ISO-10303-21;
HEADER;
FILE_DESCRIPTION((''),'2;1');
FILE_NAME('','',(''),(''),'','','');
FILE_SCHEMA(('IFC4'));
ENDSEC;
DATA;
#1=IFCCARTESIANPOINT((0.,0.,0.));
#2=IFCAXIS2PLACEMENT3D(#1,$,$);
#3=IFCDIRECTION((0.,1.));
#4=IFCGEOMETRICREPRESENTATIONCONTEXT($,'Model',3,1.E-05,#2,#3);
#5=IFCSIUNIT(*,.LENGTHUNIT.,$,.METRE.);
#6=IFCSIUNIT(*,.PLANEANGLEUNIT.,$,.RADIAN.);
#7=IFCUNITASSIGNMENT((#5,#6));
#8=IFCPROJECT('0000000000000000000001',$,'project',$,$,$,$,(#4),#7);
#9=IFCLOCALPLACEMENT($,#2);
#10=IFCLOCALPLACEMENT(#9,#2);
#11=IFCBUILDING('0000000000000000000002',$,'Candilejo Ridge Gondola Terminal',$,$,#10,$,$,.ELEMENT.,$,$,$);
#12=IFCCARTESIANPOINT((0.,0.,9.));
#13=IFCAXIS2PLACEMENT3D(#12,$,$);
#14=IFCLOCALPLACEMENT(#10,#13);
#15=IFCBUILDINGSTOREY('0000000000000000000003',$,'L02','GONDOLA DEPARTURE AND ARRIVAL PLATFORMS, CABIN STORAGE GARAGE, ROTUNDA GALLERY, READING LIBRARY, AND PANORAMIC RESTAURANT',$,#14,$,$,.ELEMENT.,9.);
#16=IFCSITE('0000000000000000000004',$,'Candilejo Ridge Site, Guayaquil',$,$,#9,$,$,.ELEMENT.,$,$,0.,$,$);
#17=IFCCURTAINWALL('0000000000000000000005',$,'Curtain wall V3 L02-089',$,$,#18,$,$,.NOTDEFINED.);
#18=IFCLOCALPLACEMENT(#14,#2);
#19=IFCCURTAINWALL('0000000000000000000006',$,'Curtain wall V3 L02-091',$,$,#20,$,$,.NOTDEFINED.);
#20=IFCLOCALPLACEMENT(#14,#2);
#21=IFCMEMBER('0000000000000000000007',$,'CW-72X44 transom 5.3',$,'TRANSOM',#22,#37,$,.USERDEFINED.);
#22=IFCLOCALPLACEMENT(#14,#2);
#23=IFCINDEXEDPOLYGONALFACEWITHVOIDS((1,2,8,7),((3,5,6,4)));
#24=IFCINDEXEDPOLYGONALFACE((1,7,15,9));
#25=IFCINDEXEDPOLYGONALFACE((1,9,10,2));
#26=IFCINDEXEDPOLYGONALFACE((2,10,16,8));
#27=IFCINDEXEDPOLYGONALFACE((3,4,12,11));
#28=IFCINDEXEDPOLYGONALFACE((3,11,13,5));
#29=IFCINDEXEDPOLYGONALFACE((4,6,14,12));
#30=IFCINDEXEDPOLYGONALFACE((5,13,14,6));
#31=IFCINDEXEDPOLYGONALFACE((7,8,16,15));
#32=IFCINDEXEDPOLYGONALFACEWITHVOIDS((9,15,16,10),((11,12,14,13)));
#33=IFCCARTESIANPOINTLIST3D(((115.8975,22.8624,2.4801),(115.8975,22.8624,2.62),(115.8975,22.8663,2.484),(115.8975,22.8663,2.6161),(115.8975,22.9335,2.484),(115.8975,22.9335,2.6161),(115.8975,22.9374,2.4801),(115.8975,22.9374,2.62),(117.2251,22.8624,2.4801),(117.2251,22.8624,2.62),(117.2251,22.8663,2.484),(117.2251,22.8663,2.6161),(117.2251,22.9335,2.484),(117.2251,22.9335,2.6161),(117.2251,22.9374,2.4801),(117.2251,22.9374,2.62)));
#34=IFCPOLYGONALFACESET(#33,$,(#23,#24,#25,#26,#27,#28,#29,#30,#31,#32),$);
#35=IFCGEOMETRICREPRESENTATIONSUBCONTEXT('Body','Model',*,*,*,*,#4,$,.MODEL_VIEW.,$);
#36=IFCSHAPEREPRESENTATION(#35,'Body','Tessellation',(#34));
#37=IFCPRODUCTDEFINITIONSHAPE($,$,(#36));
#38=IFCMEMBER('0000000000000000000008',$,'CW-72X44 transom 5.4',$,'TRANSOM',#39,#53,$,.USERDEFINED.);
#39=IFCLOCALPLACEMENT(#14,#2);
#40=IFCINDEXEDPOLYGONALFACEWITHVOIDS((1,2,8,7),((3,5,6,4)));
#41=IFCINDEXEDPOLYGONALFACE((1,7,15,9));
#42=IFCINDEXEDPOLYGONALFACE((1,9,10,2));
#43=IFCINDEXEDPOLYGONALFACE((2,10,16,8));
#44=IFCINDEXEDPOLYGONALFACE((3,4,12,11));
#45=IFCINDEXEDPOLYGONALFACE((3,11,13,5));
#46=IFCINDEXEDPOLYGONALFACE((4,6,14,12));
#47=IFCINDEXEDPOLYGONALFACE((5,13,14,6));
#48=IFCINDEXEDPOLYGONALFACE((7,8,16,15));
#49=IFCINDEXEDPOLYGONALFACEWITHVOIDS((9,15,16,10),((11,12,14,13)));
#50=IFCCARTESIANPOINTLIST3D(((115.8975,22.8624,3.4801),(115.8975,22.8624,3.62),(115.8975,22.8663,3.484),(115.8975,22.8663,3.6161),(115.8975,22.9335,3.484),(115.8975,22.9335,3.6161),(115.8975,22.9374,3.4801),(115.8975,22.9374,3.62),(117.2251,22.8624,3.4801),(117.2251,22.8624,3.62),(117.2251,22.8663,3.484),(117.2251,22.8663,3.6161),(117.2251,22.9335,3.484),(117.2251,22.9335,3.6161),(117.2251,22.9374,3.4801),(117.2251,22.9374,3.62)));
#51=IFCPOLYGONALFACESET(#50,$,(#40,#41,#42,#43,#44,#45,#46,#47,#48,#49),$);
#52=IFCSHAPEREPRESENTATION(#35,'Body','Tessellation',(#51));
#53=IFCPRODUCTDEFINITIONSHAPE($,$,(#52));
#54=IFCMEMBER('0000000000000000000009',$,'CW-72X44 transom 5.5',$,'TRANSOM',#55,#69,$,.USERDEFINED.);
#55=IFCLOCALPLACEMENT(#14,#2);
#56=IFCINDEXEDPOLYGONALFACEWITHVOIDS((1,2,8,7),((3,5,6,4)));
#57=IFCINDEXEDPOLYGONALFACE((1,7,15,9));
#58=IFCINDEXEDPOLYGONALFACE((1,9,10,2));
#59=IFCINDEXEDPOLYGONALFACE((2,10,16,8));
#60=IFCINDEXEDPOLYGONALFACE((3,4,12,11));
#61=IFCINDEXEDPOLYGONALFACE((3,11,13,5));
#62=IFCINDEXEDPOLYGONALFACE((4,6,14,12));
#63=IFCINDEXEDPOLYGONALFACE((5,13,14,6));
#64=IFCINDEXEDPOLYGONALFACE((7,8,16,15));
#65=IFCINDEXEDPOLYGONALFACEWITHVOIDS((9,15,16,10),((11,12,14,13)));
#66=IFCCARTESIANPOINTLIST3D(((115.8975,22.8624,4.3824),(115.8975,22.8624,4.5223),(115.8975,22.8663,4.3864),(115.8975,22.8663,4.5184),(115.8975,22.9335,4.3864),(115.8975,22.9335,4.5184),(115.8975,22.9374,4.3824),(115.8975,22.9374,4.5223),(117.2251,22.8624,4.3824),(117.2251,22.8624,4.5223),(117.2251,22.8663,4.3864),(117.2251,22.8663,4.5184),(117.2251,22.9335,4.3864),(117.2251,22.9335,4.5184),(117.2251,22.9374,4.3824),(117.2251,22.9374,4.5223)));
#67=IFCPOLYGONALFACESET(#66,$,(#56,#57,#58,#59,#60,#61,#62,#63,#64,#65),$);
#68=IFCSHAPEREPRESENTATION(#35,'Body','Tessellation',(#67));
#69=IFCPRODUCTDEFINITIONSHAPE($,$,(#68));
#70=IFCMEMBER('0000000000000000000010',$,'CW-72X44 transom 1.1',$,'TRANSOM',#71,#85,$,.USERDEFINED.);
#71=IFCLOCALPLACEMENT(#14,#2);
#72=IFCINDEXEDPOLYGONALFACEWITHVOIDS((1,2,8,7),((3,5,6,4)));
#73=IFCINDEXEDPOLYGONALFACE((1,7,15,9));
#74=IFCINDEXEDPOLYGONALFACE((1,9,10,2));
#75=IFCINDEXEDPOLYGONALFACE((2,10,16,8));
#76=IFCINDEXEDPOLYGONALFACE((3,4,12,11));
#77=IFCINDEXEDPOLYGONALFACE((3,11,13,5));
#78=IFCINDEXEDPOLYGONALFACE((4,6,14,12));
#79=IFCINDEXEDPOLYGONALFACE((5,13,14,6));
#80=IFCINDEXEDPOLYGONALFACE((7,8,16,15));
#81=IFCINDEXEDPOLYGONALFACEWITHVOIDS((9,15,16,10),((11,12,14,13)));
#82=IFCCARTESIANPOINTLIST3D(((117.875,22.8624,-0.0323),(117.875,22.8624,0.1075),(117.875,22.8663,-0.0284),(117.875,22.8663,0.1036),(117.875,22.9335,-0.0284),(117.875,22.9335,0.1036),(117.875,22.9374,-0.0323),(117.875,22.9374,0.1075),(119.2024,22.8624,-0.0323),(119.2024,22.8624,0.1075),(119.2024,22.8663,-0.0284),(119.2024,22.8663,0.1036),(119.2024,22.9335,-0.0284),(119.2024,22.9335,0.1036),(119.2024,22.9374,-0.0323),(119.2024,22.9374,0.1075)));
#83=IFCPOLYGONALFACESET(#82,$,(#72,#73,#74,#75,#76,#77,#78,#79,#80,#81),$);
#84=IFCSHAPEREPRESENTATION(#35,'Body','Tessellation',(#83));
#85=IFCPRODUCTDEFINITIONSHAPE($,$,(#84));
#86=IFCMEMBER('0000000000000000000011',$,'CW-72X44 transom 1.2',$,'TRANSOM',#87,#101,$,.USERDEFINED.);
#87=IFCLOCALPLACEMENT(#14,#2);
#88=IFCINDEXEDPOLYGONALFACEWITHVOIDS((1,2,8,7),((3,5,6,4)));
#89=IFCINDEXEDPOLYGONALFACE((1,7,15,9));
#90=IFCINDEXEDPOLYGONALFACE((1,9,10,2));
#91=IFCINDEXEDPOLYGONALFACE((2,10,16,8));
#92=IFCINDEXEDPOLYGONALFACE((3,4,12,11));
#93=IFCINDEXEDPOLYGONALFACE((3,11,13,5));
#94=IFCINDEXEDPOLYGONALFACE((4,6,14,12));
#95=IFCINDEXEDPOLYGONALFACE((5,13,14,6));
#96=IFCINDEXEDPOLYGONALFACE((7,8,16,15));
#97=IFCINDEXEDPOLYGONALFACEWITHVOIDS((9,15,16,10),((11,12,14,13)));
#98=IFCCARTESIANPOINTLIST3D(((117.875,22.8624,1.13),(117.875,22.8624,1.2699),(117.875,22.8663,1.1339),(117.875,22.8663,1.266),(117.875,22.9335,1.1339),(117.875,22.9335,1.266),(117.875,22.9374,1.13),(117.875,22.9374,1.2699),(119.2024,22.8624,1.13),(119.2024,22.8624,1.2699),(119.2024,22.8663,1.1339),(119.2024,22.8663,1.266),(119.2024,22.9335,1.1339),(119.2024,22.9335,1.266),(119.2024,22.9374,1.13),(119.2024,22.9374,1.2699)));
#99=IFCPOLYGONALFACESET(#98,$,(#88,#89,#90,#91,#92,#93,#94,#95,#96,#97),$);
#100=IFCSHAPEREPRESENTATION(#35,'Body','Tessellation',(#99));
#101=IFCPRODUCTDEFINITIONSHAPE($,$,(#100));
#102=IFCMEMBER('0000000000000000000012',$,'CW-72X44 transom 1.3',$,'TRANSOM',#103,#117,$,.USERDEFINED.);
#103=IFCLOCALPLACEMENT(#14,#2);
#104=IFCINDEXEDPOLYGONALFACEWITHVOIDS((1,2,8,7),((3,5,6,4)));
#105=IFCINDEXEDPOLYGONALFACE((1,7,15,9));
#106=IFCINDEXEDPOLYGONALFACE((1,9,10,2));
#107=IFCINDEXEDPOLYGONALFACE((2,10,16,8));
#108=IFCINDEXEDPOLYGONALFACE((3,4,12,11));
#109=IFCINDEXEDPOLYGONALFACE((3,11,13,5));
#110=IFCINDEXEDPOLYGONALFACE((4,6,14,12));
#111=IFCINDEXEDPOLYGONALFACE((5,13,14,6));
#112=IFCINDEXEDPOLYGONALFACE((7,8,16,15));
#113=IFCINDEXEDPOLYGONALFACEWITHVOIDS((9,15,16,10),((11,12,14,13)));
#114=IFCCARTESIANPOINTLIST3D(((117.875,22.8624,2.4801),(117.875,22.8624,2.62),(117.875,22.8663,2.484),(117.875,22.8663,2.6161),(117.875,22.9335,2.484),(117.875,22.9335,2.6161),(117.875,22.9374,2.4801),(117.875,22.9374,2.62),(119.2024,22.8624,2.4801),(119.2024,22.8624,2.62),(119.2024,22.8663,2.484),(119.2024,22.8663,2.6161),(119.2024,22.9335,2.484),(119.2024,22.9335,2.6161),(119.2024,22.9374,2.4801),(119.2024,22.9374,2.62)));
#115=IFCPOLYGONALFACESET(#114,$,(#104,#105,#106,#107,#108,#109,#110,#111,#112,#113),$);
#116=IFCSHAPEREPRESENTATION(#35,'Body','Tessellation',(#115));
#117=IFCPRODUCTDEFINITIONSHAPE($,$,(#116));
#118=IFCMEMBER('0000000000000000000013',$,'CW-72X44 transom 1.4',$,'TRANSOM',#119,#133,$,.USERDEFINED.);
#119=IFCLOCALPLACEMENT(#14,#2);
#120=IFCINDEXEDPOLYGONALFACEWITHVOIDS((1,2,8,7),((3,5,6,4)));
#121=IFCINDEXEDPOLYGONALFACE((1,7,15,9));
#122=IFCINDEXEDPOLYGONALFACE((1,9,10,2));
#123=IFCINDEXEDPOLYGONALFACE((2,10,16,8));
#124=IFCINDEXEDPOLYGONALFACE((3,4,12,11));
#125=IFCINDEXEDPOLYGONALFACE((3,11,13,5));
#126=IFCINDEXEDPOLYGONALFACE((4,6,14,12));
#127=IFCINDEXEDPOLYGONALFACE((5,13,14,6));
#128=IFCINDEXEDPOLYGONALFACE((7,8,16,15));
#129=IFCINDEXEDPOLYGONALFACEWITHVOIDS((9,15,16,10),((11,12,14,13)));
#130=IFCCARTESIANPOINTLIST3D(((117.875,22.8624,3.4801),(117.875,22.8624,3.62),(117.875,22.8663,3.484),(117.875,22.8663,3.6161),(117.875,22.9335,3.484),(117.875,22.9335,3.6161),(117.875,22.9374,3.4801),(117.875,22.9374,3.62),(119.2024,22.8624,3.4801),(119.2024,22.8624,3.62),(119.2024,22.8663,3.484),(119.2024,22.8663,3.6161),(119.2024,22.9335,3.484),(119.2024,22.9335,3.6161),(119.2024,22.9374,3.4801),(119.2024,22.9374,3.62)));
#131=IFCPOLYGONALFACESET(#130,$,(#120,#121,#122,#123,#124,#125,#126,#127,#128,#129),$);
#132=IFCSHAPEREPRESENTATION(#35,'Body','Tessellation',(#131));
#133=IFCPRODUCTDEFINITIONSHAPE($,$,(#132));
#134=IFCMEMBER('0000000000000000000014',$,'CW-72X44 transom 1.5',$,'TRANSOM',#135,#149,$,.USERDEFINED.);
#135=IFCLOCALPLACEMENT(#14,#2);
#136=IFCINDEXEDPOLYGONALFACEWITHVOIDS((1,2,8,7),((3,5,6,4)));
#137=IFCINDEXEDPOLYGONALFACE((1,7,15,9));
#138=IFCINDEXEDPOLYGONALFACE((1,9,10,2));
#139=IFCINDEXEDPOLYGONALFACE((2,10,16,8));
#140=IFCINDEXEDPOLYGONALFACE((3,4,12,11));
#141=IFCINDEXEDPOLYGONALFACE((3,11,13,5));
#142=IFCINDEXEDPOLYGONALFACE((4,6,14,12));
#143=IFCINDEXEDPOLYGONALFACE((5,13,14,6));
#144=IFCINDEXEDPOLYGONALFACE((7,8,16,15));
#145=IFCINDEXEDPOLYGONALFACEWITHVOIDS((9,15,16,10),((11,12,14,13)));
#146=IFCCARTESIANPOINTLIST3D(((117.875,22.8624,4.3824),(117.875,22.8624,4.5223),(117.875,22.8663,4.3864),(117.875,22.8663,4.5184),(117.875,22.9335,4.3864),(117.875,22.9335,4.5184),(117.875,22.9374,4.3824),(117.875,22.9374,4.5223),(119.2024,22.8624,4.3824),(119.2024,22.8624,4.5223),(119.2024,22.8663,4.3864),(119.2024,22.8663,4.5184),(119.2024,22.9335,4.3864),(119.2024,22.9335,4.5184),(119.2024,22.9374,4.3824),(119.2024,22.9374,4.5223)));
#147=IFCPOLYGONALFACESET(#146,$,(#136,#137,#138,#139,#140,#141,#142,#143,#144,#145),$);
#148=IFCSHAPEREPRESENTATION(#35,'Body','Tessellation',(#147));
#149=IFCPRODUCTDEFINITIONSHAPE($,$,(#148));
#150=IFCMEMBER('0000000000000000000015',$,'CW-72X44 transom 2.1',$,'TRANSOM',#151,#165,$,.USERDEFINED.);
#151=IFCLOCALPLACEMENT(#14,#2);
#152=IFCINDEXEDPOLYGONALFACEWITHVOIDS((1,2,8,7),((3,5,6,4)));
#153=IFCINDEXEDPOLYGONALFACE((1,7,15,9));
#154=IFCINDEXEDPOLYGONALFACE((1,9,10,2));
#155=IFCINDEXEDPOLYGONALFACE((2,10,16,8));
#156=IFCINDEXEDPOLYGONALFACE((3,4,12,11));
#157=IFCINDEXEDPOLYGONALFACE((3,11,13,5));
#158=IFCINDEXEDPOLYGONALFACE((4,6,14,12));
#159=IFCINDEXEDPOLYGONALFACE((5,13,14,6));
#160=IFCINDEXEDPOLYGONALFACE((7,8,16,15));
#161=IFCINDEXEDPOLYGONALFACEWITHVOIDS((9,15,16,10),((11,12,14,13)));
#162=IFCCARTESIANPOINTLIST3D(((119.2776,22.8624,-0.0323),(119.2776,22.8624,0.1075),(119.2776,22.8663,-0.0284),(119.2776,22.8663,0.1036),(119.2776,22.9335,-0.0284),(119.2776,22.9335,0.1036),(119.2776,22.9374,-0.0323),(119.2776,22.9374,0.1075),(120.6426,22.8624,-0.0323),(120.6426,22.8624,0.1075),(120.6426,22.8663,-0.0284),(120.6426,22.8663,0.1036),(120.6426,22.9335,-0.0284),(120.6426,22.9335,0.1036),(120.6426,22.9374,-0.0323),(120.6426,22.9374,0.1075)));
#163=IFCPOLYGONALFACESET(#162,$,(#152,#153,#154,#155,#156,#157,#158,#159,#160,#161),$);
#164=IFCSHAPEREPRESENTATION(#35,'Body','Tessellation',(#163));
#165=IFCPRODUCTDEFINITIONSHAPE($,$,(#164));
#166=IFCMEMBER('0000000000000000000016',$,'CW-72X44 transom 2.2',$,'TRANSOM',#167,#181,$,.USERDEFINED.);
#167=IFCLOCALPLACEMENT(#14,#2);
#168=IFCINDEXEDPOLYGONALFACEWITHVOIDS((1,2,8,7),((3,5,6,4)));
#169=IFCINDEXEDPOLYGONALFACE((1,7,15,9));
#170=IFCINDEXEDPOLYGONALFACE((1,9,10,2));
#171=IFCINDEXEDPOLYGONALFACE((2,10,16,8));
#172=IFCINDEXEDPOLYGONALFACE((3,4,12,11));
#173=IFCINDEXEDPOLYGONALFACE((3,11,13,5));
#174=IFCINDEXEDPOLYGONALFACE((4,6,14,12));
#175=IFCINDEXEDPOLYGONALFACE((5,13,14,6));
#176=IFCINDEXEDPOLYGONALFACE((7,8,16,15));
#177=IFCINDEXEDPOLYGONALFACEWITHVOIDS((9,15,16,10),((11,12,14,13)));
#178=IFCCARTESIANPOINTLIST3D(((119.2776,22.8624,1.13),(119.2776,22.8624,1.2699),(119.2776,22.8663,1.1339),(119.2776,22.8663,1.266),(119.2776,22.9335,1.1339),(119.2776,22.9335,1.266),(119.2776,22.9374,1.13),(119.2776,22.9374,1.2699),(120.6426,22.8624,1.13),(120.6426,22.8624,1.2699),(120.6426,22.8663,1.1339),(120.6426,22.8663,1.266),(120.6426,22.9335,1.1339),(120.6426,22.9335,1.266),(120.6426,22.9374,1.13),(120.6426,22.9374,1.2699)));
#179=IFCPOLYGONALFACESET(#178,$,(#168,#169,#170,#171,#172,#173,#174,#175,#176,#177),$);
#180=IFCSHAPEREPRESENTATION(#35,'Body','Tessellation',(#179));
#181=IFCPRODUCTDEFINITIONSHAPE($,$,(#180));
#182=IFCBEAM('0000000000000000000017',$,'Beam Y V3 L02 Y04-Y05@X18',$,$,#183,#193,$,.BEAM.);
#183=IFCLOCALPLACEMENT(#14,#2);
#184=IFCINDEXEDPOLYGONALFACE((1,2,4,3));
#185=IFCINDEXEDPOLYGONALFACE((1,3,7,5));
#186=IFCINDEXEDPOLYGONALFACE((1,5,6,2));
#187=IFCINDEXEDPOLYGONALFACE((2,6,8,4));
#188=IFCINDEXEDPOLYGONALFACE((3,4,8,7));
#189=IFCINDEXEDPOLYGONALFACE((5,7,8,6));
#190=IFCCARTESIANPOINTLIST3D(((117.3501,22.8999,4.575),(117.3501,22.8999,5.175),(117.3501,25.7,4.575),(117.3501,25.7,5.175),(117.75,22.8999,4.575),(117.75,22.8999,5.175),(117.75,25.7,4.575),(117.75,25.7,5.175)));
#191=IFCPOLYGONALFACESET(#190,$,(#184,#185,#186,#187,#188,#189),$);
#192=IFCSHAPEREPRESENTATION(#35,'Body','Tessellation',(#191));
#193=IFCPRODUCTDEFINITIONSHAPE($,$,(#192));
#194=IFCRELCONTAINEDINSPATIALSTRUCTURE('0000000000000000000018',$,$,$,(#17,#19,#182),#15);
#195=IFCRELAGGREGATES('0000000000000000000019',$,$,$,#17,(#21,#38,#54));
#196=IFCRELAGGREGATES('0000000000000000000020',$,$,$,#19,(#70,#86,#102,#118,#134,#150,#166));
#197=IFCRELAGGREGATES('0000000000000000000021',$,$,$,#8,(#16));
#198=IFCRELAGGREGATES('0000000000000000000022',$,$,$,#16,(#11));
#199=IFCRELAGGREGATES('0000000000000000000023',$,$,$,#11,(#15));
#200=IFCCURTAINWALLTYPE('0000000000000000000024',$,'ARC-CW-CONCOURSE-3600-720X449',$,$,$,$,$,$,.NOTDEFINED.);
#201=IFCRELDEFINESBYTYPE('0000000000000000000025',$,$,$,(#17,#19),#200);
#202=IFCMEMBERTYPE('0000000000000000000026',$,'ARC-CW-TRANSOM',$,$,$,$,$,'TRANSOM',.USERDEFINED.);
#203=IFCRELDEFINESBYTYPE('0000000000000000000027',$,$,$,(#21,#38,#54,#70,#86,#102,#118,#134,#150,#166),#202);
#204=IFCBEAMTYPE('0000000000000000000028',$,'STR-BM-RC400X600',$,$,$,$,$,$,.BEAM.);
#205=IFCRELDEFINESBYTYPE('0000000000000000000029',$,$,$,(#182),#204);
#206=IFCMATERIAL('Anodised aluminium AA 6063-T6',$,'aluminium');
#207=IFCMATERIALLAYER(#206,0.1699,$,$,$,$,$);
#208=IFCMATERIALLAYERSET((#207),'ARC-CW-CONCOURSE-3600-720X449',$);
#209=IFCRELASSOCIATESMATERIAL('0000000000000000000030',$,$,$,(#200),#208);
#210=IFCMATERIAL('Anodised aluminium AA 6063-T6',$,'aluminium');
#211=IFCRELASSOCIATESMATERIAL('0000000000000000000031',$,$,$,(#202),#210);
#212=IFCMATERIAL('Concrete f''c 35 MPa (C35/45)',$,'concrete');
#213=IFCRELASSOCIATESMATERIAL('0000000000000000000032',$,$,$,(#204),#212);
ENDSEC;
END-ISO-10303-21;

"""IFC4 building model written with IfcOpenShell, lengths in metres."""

from ifc_helpers import new_model, si_unit, direction, frame, origin, origin_2d, place, context, subcontext, project, spatial, rectangle, hollow_rectangle, extrude, material, layer, layer_set, material_profile, profile_set, type_object, element, aggregate, save


model = new_model("IFC4")

# Units and contexts
model_context = context("Model", 3, precision=1e-05, world=origin(), true_north=direction((0.0, 1.0)))
body_context = subcontext(model_context, "Body", "Model", "MODEL_VIEW")
ifc_project = project(units=[si_unit("LENGTHUNIT", "METRE"), si_unit("PLANEANGLEUNIT", "RADIAN")], contexts=[model_context])

# Site, building, storey
site_placement = place(None, origin())
site = spatial("IfcSite", under=ifc_project, at=site_placement, Name="Candilejo Ridge Site, Guayaquil", CompositionType="ELEMENT", RefElevation=0.0)
building_placement = place(site_placement, origin())
building = spatial("IfcBuilding", under=site, at=building_placement, Name="Candilejo Ridge Gondola Terminal", CompositionType="ELEMENT")
storey_placement = place(building_placement, frame((0.0, 0.0, 9.0)))
storey = spatial("IfcBuildingStorey", under=building, at=storey_placement, Name="L02", Description="GONDOLA DEPARTURE AND ARRIVAL PLATFORMS, CABIN STORAGE GARAGE, ROTUNDA GALLERY, READING LIBRARY, AND PANORAMIC RESTAURANT", CompositionType="ELEMENT", Elevation=9.0)

# Curtain walls
ifc_material_1 = material(Name="Anodised aluminium AA 6063-T6", Category="aluminium")
ifc_layer_1 = layer(ifc_material_1, 0.1699)
ifc_layer_set_1 = layer_set([ifc_layer_1], Name="ARC-CW-CONCOURSE-3600-720X449")
curtain_wall_type = type_object("IfcCurtainWallType", Name="ARC-CW-CONCOURSE-3600-720X449", PredefinedType="NOTDEFINED", material=ifc_layer_set_1)
curtain_wall_1_placement = place(storey_placement, origin())
curtain_wall_1 = element("IfcCurtainWall", 1, at=curtain_wall_1_placement, inside=storey, type_object=curtain_wall_type, Name="Curtain wall V3 L02-089", PredefinedType="NOTDEFINED")
curtain_wall_2_placement = place(storey_placement, origin())
curtain_wall_2 = element("IfcCurtainWall", 2, at=curtain_wall_2_placement, inside=storey, type_object=curtain_wall_type, Name="Curtain wall V3 L02-091", PredefinedType="NOTDEFINED")

# Members
ifc_material_2 = material(Name="Anodised aluminium AA 6063-T6", Category="aluminium")
ifc_material_profile_1 = material_profile(ifc_material_2, hollow_rectangle(XDim=0.075, YDim=0.1399, WallThickness=0.0039, at=origin_2d()))
ifc_profile_set_1 = profile_set([ifc_material_profile_1], Name="Anodised aluminium AA 6063-T6")
member_type_1 = type_object("IfcMemberType", Name="ARC-CW-TRANSOM", ElementType="TRANSOM", PredefinedType="USERDEFINED", material=ifc_profile_set_1)
member_1_placement = place(storey_placement, frame((115.8975, 22.8999, 2.55), z_axis=(1.0, 0.0, 0.0), x_axis=(0.0, 1.0, 0.0)))
member_1 = element("IfcMember", 3, at=member_1_placement, type_object=member_type_1, Name="CW-72X44 transom 5.3", ObjectType="TRANSOM", PredefinedType="USERDEFINED", context=body_context, shape_type="SweptSolid", body=[
    extrude(hollow_rectangle(XDim=0.075, YDim=0.1399, WallThickness=0.0039, at=origin_2d()), origin(), (0.0, 0.0, 1.0), 1.3276),
])
member_2_placement = place(storey_placement, frame((115.8975, 22.8999, 3.55), z_axis=(1.0, 0.0, 0.0), x_axis=(0.0, 1.0, 0.0)))
member_2 = element("IfcMember", 4, at=member_2_placement, type_object=member_type_1, Name="CW-72X44 transom 5.4", ObjectType="TRANSOM", PredefinedType="USERDEFINED", context=body_context, shape_type="SweptSolid", body=[
    extrude(hollow_rectangle(XDim=0.075, YDim=0.1399, WallThickness=0.0039, at=origin_2d()), origin(), (0.0, 0.0, 1.0), 1.3276),
])
member_3_placement = place(storey_placement, frame((115.8975, 22.8999, 4.4524), z_axis=(1.0, 0.0, 0.0), x_axis=(0.0, 1.0, 0.0)))
member_3 = element("IfcMember", 5, at=member_3_placement, type_object=member_type_1, Name="CW-72X44 transom 5.5", ObjectType="TRANSOM", PredefinedType="USERDEFINED", context=body_context, shape_type="SweptSolid", body=[
    extrude(hollow_rectangle(XDim=0.075, YDim=0.1399, WallThickness=0.0039, at=origin_2d()), origin(), (0.0, 0.0, 1.0), 1.3276),
])
member_4_placement = place(storey_placement, frame((117.875, 22.8999, 0.0376), z_axis=(1.0, 0.0, 0.0), x_axis=(0.0, 1.0, 0.0)))
member_4 = element("IfcMember", 6, at=member_4_placement, type_object=member_type_1, Name="CW-72X44 transom 1.1", ObjectType="TRANSOM", PredefinedType="USERDEFINED", context=body_context, shape_type="SweptSolid", body=[
    extrude(hollow_rectangle(XDim=0.075, YDim=0.1399, WallThickness=0.0039, at=origin_2d()), origin(), (0.0, 0.0, 1.0), 1.3274),
])
member_5_placement = place(storey_placement, frame((117.875, 22.8999, 1.2), z_axis=(1.0, 0.0, 0.0), x_axis=(0.0, 1.0, 0.0)))
member_5 = element("IfcMember", 7, at=member_5_placement, type_object=member_type_1, Name="CW-72X44 transom 1.2", ObjectType="TRANSOM", PredefinedType="USERDEFINED", context=body_context, shape_type="SweptSolid", body=[
    extrude(hollow_rectangle(XDim=0.075, YDim=0.1399, WallThickness=0.0039, at=origin_2d()), origin(), (0.0, 0.0, 1.0), 1.3274),
])
member_6_placement = place(storey_placement, frame((117.875, 22.8999, 2.55), z_axis=(1.0, 0.0, 0.0), x_axis=(0.0, 1.0, 0.0)))
member_6 = element("IfcMember", 8, at=member_6_placement, type_object=member_type_1, Name="CW-72X44 transom 1.3", ObjectType="TRANSOM", PredefinedType="USERDEFINED", context=body_context, shape_type="SweptSolid", body=[
    extrude(hollow_rectangle(XDim=0.075, YDim=0.1399, WallThickness=0.0039, at=origin_2d()), origin(), (0.0, 0.0, 1.0), 1.3274),
])
member_7_placement = place(storey_placement, frame((117.875, 22.8999, 3.55), z_axis=(1.0, 0.0, 0.0), x_axis=(0.0, 1.0, 0.0)))
member_7 = element("IfcMember", 9, at=member_7_placement, type_object=member_type_1, Name="CW-72X44 transom 1.4", ObjectType="TRANSOM", PredefinedType="USERDEFINED", context=body_context, shape_type="SweptSolid", body=[
    extrude(hollow_rectangle(XDim=0.075, YDim=0.1399, WallThickness=0.0039, at=origin_2d()), origin(), (0.0, 0.0, 1.0), 1.3274),
])
member_8_placement = place(storey_placement, frame((117.875, 22.8999, 4.4524), z_axis=(1.0, 0.0, 0.0), x_axis=(0.0, 1.0, 0.0)))
member_8 = element("IfcMember", 10, at=member_8_placement, type_object=member_type_1, Name="CW-72X44 transom 1.5", ObjectType="TRANSOM", PredefinedType="USERDEFINED", context=body_context, shape_type="SweptSolid", body=[
    extrude(hollow_rectangle(XDim=0.075, YDim=0.1399, WallThickness=0.0039, at=origin_2d()), origin(), (0.0, 0.0, 1.0), 1.3274),
])
member_9_placement = place(storey_placement, frame((119.2776, 22.8999, 0.0376), z_axis=(1.0, 0.0, 0.0), x_axis=(0.0, 1.0, 0.0)))
member_9 = element("IfcMember", 11, at=member_9_placement, type_object=member_type_1, Name="CW-72X44 transom 2.1", ObjectType="TRANSOM", PredefinedType="USERDEFINED", context=body_context, shape_type="SweptSolid", body=[
    extrude(hollow_rectangle(XDim=0.075, YDim=0.1399, WallThickness=0.0039, at=origin_2d()), origin(), (0.0, 0.0, 1.0), 1.365),
])
member_10_placement = place(storey_placement, frame((119.2776, 22.8999, 1.2), z_axis=(1.0, 0.0, 0.0), x_axis=(0.0, 1.0, 0.0)))
member_10 = element("IfcMember", 12, at=member_10_placement, type_object=member_type_1, Name="CW-72X44 transom 2.2", ObjectType="TRANSOM", PredefinedType="USERDEFINED", context=body_context, shape_type="SweptSolid", body=[
    extrude(hollow_rectangle(XDim=0.075, YDim=0.1399, WallThickness=0.0039, at=origin_2d()), origin(), (0.0, 0.0, 1.0), 1.365),
])

# Beam
ifc_material_3 = material(Name="Concrete f'c 35 MPa (C35/45)", Category="concrete")
ifc_material_profile_2 = material_profile(ifc_material_3, rectangle(XDim=0.3999, YDim=0.6001, at=origin_2d()))
ifc_profile_set_2 = profile_set([ifc_material_profile_2], Name="Concrete f'c 35 MPa (C35/45)")
beam_type_1 = type_object("IfcBeamType", Name="STR-BM-RC400X600", PredefinedType="BEAM", material=ifc_profile_set_2)
beam_1_placement = place(storey_placement, frame((117.55, 22.8999, 4.875), z_axis=(0.0, 1.0, 0.0), x_axis=(-1.0, 0.0, 0.0)))
element("IfcBeam", 13, at=beam_1_placement, inside=storey, type_object=beam_type_1, Name="Beam Y V3 L02 Y04-Y05@X18", PredefinedType="BEAM", context=body_context, shape_type="SweptSolid", body=[
    extrude(rectangle(XDim=0.3999, YDim=0.6001, at=origin_2d()), origin(), (0.0, 0.0, 1.0), 2.8),
])

aggregate(curtain_wall_1, [member_1, member_2, member_3])
aggregate(curtain_wall_2, [member_4, member_5, member_6, member_7, member_8, member_9, member_10])

save(model, "model.ifc")
